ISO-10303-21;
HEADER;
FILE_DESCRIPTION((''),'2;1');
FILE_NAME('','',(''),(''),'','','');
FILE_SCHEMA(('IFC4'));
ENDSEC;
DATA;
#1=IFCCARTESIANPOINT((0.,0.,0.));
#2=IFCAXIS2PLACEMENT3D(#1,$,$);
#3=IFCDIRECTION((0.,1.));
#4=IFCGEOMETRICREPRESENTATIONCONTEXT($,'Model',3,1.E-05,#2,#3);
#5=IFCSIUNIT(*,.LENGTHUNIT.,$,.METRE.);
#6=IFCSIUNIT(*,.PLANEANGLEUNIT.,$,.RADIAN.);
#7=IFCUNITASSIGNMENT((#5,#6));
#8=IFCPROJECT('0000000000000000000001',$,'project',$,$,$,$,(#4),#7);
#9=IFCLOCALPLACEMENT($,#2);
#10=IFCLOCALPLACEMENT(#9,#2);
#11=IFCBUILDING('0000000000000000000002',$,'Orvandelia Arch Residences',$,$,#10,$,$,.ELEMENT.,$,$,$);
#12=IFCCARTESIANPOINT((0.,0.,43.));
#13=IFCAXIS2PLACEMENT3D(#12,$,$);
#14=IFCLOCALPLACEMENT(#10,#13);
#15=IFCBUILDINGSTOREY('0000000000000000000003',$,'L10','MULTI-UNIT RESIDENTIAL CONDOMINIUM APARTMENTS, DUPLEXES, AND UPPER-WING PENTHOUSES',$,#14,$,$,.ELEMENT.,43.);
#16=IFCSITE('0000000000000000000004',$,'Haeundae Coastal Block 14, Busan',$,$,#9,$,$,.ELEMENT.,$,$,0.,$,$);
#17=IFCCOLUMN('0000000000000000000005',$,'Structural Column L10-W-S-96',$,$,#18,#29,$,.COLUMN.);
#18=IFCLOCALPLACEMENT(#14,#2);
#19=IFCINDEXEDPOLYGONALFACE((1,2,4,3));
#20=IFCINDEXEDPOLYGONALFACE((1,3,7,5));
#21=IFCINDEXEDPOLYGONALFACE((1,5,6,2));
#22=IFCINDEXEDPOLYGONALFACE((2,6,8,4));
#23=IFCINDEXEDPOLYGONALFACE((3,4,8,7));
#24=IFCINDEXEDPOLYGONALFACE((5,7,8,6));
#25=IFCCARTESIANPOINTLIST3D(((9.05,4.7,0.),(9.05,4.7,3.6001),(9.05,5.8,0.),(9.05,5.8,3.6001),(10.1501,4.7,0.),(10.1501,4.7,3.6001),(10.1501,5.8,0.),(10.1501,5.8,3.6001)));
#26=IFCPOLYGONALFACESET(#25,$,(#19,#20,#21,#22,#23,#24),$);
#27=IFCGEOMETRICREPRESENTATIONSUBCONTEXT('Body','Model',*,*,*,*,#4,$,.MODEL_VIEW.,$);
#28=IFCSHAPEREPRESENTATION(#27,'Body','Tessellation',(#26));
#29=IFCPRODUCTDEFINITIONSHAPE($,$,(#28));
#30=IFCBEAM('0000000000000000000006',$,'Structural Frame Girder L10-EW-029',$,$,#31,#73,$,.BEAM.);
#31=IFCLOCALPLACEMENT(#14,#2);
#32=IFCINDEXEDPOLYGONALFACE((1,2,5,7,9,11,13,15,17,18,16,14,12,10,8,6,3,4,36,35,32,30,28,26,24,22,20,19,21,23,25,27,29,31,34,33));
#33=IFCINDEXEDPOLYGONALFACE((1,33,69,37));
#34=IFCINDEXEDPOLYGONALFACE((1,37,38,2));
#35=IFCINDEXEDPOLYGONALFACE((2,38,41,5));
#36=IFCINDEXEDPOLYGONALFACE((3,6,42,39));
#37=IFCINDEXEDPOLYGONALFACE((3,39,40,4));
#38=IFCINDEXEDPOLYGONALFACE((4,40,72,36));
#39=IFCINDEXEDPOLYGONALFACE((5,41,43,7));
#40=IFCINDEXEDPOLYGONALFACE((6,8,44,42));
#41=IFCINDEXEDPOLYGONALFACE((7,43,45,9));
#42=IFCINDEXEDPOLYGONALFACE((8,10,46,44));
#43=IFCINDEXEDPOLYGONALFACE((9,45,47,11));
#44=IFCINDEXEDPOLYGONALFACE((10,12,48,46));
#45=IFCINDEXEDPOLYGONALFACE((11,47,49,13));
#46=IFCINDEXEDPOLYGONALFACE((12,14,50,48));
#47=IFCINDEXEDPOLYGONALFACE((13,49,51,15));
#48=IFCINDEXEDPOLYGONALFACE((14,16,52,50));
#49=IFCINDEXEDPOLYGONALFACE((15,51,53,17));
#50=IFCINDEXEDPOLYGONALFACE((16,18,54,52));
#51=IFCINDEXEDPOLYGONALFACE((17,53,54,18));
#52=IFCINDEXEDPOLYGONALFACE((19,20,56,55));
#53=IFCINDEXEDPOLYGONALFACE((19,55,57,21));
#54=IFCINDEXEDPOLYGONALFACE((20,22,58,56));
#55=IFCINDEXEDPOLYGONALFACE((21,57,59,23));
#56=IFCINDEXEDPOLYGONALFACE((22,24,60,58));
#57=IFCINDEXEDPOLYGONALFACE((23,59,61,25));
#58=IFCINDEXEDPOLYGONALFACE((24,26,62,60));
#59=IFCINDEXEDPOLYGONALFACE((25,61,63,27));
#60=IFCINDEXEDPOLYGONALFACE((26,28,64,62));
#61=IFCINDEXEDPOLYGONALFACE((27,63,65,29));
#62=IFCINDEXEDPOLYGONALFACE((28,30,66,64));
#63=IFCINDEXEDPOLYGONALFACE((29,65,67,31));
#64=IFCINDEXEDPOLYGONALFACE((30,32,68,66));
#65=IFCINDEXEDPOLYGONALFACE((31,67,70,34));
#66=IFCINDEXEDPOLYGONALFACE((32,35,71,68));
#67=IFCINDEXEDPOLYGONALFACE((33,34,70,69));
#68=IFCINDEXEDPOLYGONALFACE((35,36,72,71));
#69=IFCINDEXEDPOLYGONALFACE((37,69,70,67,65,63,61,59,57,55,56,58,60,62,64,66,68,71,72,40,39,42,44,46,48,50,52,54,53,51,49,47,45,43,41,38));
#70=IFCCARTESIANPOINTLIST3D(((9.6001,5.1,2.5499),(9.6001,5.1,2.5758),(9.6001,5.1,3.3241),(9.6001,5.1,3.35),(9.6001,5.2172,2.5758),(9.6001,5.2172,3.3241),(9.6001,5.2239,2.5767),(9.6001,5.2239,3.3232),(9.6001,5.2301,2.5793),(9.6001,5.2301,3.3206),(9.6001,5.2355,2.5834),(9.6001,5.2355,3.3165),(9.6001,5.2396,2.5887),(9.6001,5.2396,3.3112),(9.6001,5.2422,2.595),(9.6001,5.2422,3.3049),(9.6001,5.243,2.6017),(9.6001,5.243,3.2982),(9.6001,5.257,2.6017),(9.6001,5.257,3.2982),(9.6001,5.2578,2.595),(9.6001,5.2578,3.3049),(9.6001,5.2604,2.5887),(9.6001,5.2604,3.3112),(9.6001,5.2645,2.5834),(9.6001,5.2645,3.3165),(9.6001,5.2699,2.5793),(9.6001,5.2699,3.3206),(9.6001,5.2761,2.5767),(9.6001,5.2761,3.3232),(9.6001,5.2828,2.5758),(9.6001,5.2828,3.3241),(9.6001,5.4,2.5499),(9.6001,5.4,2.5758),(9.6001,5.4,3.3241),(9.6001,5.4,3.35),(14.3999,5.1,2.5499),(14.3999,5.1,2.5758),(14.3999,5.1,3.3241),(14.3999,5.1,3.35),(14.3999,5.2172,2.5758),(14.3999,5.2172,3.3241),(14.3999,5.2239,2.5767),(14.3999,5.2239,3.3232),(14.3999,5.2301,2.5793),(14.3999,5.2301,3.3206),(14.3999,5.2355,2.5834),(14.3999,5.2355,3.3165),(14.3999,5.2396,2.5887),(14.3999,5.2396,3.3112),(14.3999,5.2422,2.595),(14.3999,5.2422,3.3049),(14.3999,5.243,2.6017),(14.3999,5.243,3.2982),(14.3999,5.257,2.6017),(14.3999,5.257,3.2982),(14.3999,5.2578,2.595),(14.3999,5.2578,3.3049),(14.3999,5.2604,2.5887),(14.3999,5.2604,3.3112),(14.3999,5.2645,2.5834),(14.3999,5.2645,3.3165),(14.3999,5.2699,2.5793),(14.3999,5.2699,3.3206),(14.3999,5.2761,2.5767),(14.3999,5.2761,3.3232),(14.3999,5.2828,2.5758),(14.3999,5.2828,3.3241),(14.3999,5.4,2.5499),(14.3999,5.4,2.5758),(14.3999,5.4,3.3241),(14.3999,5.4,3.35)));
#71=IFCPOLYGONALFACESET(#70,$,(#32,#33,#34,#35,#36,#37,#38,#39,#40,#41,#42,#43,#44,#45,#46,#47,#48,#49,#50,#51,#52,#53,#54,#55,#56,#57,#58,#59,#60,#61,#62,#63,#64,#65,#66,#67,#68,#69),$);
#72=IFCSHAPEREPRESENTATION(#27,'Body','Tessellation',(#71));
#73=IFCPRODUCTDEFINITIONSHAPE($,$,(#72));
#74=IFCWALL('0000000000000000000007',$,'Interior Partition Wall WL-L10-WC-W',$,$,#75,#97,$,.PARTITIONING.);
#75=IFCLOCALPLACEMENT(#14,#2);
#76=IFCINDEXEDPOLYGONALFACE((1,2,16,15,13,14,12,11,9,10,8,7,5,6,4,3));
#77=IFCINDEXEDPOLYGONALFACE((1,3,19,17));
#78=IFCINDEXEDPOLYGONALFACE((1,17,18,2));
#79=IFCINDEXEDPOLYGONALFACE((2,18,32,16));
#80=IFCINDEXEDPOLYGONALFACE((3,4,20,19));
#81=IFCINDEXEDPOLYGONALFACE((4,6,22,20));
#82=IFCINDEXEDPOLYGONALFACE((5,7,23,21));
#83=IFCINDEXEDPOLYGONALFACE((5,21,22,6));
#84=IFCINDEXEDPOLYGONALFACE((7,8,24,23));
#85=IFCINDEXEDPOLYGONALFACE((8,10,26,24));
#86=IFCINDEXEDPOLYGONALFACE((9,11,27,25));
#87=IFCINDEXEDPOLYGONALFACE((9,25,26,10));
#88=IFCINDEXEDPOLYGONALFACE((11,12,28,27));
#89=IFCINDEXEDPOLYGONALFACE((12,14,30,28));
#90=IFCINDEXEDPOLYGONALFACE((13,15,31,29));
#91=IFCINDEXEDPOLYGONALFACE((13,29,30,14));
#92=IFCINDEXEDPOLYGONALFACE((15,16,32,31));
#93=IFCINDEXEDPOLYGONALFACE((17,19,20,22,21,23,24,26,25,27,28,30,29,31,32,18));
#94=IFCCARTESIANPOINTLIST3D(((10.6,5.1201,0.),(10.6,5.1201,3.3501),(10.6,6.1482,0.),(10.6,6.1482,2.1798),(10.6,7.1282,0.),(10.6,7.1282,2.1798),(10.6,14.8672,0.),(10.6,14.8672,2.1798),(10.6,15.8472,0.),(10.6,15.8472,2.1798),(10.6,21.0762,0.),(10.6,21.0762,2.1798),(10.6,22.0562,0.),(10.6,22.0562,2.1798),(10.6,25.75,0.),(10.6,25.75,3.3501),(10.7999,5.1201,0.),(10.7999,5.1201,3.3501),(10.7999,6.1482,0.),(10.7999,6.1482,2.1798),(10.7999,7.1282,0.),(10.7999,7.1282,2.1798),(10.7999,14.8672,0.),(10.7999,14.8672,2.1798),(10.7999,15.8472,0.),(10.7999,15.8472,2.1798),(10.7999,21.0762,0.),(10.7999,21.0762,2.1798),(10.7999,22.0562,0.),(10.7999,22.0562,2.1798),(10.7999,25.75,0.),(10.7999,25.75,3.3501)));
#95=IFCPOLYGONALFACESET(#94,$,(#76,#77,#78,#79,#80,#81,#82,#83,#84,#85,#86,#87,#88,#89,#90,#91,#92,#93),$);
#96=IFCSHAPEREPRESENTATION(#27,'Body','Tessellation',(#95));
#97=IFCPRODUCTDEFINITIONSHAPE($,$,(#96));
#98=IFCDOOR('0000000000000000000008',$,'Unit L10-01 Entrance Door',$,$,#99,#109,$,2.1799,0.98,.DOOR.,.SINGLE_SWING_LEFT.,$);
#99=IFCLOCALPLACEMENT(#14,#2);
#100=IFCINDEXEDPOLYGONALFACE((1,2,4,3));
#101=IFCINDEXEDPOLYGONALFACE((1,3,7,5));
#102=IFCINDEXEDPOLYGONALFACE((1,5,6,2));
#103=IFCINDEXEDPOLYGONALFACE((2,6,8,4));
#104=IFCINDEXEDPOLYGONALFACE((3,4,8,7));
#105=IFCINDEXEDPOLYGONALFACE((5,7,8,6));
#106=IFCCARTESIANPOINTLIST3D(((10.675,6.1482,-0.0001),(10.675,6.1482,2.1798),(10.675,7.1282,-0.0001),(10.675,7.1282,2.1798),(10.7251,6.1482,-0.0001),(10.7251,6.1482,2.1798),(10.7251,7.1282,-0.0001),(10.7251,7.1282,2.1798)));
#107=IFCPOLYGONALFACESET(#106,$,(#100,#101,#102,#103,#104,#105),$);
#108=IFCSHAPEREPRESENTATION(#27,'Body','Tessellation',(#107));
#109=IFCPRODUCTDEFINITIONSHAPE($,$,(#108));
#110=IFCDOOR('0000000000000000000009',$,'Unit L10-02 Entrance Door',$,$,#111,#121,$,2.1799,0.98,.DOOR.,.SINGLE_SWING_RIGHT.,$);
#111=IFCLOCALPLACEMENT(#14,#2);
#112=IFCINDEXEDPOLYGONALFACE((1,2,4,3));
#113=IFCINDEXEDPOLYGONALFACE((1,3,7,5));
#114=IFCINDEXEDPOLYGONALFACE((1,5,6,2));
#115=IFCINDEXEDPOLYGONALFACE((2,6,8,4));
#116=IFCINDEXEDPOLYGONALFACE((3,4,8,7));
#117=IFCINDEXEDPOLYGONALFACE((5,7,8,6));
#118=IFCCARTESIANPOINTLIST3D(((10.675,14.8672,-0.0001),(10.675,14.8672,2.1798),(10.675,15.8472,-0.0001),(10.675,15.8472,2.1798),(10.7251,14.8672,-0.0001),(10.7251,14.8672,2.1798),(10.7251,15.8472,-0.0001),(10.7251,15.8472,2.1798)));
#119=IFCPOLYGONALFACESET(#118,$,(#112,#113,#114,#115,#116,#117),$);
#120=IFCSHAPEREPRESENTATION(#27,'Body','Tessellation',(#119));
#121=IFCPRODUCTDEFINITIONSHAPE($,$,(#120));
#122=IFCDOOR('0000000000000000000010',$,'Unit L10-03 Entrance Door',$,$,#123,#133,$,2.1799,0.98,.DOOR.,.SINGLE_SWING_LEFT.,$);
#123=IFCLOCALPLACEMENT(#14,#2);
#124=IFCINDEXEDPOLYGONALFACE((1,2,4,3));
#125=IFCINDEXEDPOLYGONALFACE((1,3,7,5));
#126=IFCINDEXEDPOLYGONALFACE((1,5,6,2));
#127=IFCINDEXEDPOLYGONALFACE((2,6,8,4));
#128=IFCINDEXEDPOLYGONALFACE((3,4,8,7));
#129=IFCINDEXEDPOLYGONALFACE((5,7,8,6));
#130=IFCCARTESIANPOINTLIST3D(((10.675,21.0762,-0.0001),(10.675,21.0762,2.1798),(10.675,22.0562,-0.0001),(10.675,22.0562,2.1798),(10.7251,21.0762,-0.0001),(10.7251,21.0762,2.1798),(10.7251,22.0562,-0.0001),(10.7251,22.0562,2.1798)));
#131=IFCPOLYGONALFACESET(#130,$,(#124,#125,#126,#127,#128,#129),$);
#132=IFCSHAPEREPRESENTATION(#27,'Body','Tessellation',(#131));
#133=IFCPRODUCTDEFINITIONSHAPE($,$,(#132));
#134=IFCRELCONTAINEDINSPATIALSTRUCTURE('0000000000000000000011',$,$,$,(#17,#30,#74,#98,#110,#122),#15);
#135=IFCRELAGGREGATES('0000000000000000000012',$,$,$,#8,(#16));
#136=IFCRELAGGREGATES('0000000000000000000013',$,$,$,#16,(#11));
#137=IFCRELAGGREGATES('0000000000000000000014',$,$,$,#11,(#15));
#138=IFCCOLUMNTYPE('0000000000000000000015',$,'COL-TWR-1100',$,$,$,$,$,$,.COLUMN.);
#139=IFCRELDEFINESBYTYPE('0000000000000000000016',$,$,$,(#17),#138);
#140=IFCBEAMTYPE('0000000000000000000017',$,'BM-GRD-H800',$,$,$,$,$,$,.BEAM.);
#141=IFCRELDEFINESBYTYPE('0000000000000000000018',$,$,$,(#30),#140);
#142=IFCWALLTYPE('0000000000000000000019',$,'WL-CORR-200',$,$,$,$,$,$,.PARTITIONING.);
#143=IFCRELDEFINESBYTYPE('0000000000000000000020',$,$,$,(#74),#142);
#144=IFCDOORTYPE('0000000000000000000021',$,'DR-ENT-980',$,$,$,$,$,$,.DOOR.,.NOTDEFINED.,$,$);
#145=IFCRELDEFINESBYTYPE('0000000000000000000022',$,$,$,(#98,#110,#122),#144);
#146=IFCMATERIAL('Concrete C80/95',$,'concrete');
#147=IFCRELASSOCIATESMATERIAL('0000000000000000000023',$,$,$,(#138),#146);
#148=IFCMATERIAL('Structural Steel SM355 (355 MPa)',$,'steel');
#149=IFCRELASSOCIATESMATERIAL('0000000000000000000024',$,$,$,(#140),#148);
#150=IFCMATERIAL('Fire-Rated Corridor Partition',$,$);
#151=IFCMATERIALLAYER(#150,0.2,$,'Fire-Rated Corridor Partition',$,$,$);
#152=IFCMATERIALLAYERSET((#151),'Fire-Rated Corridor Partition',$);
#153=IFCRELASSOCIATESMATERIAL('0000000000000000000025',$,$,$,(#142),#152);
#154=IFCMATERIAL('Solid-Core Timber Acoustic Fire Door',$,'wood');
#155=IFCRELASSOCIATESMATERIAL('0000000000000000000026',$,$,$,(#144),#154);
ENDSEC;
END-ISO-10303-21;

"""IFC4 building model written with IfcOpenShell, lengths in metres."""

from ifc_helpers import new_model, si_unit, direction, frame, frame_2d, origin, origin_2d, place, context, subcontext, project, spatial, rectangle, i_section, extrude, material, layer, layer_set, material_profile, profile_set, type_object, element, fill, save


model = new_model("IFC4")

# Units and contexts
model_context = context("Model", 3, precision=1e-05, world=origin(), true_north=direction((0.0, 1.0)))
body_context = subcontext(model_context, "Body", "Model", "MODEL_VIEW")
ifc_project = project(units=[si_unit("LENGTHUNIT", "METRE"), si_unit("PLANEANGLEUNIT", "RADIAN")], contexts=[model_context])

# Site, building, storey
site_placement = place(None, origin())
site = spatial("IfcSite", under=ifc_project, at=site_placement, Name="Haeundae Coastal Block 14, Busan", CompositionType="ELEMENT", RefElevation=0.0)
building_placement = place(site_placement, origin())
building = spatial("IfcBuilding", under=site, at=building_placement, Name="Orvandelia Arch Residences", CompositionType="ELEMENT")
storey_placement = place(building_placement, frame((0.0, 0.0, 43.0)))
storey = spatial("IfcBuildingStorey", under=building, at=storey_placement, Name="L10", Description="MULTI-UNIT RESIDENTIAL CONDOMINIUM APARTMENTS, DUPLEXES, AND UPPER-WING PENTHOUSES", CompositionType="ELEMENT", Elevation=43.0)

# Column
ifc_material_1 = material(Name="Concrete C80/95", Category="concrete")
ifc_material_profile_1 = material_profile(ifc_material_1, rectangle(XDim=1.1001, YDim=1.1001, at=origin_2d()), Name="Concrete C80/95", Category="concrete")
ifc_profile_set_1 = profile_set([ifc_material_profile_1], Name="Concrete C80/95")
column_type = type_object("IfcColumnType", Name="COL-TWR-1100", PredefinedType="COLUMN", material=ifc_profile_set_1)
column_placement = place(storey_placement, frame((9.6001, 5.25, 0.0), z_axis=(0.0, 0.0, 1.0), x_axis=(1.0, 0.0, 0.0)))
element("IfcColumn", 1, at=column_placement, inside=storey, type_object=column_type, Name="Structural Column L10-W-S-96", PredefinedType="COLUMN", context=body_context, shape_type="SweptSolid", body=[
    extrude(rectangle(XDim=1.1001, YDim=1.1001, at=origin_2d()), origin(), (0.0, 0.0, 1.0), 3.6001),
])

# Beam
ifc_material_2 = material(Name="Structural Steel SM355 (355 MPa)", Category="steel")
ifc_material_profile_2 = material_profile(ifc_material_2, i_section(OverallWidth=0.3, OverallDepth=0.8, WebThickness=0.0139, FlangeThickness=0.0259, FilletRadius=0.0259, at=origin_2d()), Name="Structural Steel SM355 (355 MPa)", Category="steel")
ifc_profile_set_2 = profile_set([ifc_material_profile_2], Name="Structural Steel SM355 (355 MPa)")
beam_type = type_object("IfcBeamType", Name="BM-GRD-H800", PredefinedType="BEAM", material=ifc_profile_set_2)
beam_placement = place(storey_placement, frame((9.6001, 5.25, 2.95), z_axis=(1.0, 0.0, 0.0), x_axis=(0.0, 1.0, 0.0)))
element("IfcBeam", 2, at=beam_placement, inside=storey, type_object=beam_type, Name="Structural Frame Girder L10-EW-029", PredefinedType="BEAM", context=body_context, shape_type="SweptSolid", body=[
    extrude(i_section(OverallWidth=0.3, OverallDepth=0.8, WebThickness=0.0139, FlangeThickness=0.0259, FilletRadius=0.0259, at=origin_2d()), origin(), (0.0, 0.0, 1.0), 4.7998),
])

# Wall, openings, doors
ifc_material_3 = material(Name="Fire-Rated Corridor Partition")
ifc_layer_1 = layer(ifc_material_3, 0.2, Name="Fire-Rated Corridor Partition")
ifc_layer_set_1 = layer_set([ifc_layer_1], Name="Fire-Rated Corridor Partition")
wall_type_1 = type_object("IfcWallType", Name="WL-CORR-200", PredefinedType="PARTITIONING", material=ifc_layer_set_1)
wall_1_placement = place(storey_placement, frame((10.7, 5.1201, 0.0), z_axis=(0.0, 0.0, 1.0), x_axis=(0.0, 1.0, 0.0)))
wall_1 = element("IfcWall", 3, at=wall_1_placement, inside=storey, type_object=wall_type_1, Name="Interior Partition Wall WL-L10-WC-W", PredefinedType="PARTITIONING", context=body_context, shape_type="SweptSolid", body=[
    extrude(rectangle(XDim=20.6299, YDim=0.2, at=frame_2d((10.3149, 0.0))), origin(), (0.0, 0.0, 1.0), 3.3501),
])
opening_1_placement = place(wall_1_placement, frame((1.0281, 0.0, 0.0)))
opening_1 = element("IfcOpeningElement", 4, at=opening_1_placement, cuts=wall_1, PredefinedType="OPENING", context=body_context, shape_type="SweptSolid", body=[
    extrude(rectangle(XDim=0.98, YDim=2.1799, at=frame_2d((0.49, 1.0898))), frame((0.0, 0.1099, 0.0), z_axis=(0.0, -1.0, 0.0), x_axis=(1.0, 0.0, 0.0)), (0.0, 0.0, 1.0), 0.22),
])
opening_2_placement = place(wall_1_placement, frame((9.7471, 0.0, 0.0)))
opening_2 = element("IfcOpeningElement", 5, at=opening_2_placement, cuts=wall_1, PredefinedType="OPENING", context=body_context, shape_type="SweptSolid", body=[
    extrude(rectangle(XDim=0.98, YDim=2.1799, at=frame_2d((0.49, 1.0898))), frame((0.0, 0.1099, 0.0), z_axis=(0.0, -1.0, 0.0), x_axis=(1.0, 0.0, 0.0)), (0.0, 0.0, 1.0), 0.22),
])
opening_3_placement = place(wall_1_placement, frame((15.9561, 0.0, 0.0)))
opening_3 = element("IfcOpeningElement", 6, at=opening_3_placement, cuts=wall_1, PredefinedType="OPENING", context=body_context, shape_type="SweptSolid", body=[
    extrude(rectangle(XDim=0.98, YDim=2.1799, at=frame_2d((0.49, 1.0898))), frame((0.0, 0.1099, 0.0), z_axis=(0.0, -1.0, 0.0), x_axis=(1.0, 0.0, 0.0)), (0.0, 0.0, 1.0), 0.22),
])
ifc_material_4 = material(Name="Solid-Core Timber Acoustic Fire Door", Category="wood")
door_type_1 = type_object("IfcDoorType", Name="DR-ENT-980", OperationType="NOTDEFINED", PredefinedType="DOOR", material=ifc_material_4)
door_1_placement = place(opening_1_placement, origin())
door_1 = element("IfcDoor", 7, at=door_1_placement, inside=storey, type_object=door_type_1, Name="Unit L10-01 Entrance Door", OperationType="SINGLE_SWING_LEFT", OverallHeight=2.1799, OverallWidth=0.98, PredefinedType="DOOR", context=body_context, shape_type="SweptSolid", body=[
    extrude(rectangle(XDim=0.98, YDim=2.1799, at=frame_2d((0.49, 1.0898))), frame((0.0, 0.0249, 0.0), z_axis=(0.0, -1.0, 0.0), x_axis=(1.0, 0.0, 0.0)), (0.0, 0.0, 1.0), 0.05),
])
fill(opening_1, door_1)
door_2_placement = place(opening_2_placement, origin())
door_2 = element("IfcDoor", 8, at=door_2_placement, inside=storey, type_object=door_type_1, Name="Unit L10-02 Entrance Door", OperationType="SINGLE_SWING_RIGHT", OverallHeight=2.1799, OverallWidth=0.98, PredefinedType="DOOR", context=body_context, shape_type="SweptSolid", body=[
    extrude(rectangle(XDim=0.98, YDim=2.1799, at=frame_2d((0.49, 1.0898))), frame((0.0, 0.0249, 0.0), z_axis=(0.0, -1.0, 0.0), x_axis=(1.0, 0.0, 0.0)), (0.0, 0.0, 1.0), 0.05),
])
fill(opening_2, door_2)
door_3_placement = place(opening_3_placement, origin())
door_3 = element("IfcDoor", 9, at=door_3_placement, inside=storey, type_object=door_type_1, Name="Unit L10-03 Entrance Door", OperationType="SINGLE_SWING_LEFT", OverallHeight=2.1799, OverallWidth=0.98, PredefinedType="DOOR", context=body_context, shape_type="SweptSolid", body=[
    extrude(rectangle(XDim=0.98, YDim=2.1799, at=frame_2d((0.49, 1.0898))), frame((0.0, 0.0249, 0.0), z_axis=(0.0, -1.0, 0.0), x_axis=(1.0, 0.0, 0.0)), (0.0, 0.0, 1.0), 0.05),
])
fill(opening_3, door_3)

save(model, "model.ifc")
